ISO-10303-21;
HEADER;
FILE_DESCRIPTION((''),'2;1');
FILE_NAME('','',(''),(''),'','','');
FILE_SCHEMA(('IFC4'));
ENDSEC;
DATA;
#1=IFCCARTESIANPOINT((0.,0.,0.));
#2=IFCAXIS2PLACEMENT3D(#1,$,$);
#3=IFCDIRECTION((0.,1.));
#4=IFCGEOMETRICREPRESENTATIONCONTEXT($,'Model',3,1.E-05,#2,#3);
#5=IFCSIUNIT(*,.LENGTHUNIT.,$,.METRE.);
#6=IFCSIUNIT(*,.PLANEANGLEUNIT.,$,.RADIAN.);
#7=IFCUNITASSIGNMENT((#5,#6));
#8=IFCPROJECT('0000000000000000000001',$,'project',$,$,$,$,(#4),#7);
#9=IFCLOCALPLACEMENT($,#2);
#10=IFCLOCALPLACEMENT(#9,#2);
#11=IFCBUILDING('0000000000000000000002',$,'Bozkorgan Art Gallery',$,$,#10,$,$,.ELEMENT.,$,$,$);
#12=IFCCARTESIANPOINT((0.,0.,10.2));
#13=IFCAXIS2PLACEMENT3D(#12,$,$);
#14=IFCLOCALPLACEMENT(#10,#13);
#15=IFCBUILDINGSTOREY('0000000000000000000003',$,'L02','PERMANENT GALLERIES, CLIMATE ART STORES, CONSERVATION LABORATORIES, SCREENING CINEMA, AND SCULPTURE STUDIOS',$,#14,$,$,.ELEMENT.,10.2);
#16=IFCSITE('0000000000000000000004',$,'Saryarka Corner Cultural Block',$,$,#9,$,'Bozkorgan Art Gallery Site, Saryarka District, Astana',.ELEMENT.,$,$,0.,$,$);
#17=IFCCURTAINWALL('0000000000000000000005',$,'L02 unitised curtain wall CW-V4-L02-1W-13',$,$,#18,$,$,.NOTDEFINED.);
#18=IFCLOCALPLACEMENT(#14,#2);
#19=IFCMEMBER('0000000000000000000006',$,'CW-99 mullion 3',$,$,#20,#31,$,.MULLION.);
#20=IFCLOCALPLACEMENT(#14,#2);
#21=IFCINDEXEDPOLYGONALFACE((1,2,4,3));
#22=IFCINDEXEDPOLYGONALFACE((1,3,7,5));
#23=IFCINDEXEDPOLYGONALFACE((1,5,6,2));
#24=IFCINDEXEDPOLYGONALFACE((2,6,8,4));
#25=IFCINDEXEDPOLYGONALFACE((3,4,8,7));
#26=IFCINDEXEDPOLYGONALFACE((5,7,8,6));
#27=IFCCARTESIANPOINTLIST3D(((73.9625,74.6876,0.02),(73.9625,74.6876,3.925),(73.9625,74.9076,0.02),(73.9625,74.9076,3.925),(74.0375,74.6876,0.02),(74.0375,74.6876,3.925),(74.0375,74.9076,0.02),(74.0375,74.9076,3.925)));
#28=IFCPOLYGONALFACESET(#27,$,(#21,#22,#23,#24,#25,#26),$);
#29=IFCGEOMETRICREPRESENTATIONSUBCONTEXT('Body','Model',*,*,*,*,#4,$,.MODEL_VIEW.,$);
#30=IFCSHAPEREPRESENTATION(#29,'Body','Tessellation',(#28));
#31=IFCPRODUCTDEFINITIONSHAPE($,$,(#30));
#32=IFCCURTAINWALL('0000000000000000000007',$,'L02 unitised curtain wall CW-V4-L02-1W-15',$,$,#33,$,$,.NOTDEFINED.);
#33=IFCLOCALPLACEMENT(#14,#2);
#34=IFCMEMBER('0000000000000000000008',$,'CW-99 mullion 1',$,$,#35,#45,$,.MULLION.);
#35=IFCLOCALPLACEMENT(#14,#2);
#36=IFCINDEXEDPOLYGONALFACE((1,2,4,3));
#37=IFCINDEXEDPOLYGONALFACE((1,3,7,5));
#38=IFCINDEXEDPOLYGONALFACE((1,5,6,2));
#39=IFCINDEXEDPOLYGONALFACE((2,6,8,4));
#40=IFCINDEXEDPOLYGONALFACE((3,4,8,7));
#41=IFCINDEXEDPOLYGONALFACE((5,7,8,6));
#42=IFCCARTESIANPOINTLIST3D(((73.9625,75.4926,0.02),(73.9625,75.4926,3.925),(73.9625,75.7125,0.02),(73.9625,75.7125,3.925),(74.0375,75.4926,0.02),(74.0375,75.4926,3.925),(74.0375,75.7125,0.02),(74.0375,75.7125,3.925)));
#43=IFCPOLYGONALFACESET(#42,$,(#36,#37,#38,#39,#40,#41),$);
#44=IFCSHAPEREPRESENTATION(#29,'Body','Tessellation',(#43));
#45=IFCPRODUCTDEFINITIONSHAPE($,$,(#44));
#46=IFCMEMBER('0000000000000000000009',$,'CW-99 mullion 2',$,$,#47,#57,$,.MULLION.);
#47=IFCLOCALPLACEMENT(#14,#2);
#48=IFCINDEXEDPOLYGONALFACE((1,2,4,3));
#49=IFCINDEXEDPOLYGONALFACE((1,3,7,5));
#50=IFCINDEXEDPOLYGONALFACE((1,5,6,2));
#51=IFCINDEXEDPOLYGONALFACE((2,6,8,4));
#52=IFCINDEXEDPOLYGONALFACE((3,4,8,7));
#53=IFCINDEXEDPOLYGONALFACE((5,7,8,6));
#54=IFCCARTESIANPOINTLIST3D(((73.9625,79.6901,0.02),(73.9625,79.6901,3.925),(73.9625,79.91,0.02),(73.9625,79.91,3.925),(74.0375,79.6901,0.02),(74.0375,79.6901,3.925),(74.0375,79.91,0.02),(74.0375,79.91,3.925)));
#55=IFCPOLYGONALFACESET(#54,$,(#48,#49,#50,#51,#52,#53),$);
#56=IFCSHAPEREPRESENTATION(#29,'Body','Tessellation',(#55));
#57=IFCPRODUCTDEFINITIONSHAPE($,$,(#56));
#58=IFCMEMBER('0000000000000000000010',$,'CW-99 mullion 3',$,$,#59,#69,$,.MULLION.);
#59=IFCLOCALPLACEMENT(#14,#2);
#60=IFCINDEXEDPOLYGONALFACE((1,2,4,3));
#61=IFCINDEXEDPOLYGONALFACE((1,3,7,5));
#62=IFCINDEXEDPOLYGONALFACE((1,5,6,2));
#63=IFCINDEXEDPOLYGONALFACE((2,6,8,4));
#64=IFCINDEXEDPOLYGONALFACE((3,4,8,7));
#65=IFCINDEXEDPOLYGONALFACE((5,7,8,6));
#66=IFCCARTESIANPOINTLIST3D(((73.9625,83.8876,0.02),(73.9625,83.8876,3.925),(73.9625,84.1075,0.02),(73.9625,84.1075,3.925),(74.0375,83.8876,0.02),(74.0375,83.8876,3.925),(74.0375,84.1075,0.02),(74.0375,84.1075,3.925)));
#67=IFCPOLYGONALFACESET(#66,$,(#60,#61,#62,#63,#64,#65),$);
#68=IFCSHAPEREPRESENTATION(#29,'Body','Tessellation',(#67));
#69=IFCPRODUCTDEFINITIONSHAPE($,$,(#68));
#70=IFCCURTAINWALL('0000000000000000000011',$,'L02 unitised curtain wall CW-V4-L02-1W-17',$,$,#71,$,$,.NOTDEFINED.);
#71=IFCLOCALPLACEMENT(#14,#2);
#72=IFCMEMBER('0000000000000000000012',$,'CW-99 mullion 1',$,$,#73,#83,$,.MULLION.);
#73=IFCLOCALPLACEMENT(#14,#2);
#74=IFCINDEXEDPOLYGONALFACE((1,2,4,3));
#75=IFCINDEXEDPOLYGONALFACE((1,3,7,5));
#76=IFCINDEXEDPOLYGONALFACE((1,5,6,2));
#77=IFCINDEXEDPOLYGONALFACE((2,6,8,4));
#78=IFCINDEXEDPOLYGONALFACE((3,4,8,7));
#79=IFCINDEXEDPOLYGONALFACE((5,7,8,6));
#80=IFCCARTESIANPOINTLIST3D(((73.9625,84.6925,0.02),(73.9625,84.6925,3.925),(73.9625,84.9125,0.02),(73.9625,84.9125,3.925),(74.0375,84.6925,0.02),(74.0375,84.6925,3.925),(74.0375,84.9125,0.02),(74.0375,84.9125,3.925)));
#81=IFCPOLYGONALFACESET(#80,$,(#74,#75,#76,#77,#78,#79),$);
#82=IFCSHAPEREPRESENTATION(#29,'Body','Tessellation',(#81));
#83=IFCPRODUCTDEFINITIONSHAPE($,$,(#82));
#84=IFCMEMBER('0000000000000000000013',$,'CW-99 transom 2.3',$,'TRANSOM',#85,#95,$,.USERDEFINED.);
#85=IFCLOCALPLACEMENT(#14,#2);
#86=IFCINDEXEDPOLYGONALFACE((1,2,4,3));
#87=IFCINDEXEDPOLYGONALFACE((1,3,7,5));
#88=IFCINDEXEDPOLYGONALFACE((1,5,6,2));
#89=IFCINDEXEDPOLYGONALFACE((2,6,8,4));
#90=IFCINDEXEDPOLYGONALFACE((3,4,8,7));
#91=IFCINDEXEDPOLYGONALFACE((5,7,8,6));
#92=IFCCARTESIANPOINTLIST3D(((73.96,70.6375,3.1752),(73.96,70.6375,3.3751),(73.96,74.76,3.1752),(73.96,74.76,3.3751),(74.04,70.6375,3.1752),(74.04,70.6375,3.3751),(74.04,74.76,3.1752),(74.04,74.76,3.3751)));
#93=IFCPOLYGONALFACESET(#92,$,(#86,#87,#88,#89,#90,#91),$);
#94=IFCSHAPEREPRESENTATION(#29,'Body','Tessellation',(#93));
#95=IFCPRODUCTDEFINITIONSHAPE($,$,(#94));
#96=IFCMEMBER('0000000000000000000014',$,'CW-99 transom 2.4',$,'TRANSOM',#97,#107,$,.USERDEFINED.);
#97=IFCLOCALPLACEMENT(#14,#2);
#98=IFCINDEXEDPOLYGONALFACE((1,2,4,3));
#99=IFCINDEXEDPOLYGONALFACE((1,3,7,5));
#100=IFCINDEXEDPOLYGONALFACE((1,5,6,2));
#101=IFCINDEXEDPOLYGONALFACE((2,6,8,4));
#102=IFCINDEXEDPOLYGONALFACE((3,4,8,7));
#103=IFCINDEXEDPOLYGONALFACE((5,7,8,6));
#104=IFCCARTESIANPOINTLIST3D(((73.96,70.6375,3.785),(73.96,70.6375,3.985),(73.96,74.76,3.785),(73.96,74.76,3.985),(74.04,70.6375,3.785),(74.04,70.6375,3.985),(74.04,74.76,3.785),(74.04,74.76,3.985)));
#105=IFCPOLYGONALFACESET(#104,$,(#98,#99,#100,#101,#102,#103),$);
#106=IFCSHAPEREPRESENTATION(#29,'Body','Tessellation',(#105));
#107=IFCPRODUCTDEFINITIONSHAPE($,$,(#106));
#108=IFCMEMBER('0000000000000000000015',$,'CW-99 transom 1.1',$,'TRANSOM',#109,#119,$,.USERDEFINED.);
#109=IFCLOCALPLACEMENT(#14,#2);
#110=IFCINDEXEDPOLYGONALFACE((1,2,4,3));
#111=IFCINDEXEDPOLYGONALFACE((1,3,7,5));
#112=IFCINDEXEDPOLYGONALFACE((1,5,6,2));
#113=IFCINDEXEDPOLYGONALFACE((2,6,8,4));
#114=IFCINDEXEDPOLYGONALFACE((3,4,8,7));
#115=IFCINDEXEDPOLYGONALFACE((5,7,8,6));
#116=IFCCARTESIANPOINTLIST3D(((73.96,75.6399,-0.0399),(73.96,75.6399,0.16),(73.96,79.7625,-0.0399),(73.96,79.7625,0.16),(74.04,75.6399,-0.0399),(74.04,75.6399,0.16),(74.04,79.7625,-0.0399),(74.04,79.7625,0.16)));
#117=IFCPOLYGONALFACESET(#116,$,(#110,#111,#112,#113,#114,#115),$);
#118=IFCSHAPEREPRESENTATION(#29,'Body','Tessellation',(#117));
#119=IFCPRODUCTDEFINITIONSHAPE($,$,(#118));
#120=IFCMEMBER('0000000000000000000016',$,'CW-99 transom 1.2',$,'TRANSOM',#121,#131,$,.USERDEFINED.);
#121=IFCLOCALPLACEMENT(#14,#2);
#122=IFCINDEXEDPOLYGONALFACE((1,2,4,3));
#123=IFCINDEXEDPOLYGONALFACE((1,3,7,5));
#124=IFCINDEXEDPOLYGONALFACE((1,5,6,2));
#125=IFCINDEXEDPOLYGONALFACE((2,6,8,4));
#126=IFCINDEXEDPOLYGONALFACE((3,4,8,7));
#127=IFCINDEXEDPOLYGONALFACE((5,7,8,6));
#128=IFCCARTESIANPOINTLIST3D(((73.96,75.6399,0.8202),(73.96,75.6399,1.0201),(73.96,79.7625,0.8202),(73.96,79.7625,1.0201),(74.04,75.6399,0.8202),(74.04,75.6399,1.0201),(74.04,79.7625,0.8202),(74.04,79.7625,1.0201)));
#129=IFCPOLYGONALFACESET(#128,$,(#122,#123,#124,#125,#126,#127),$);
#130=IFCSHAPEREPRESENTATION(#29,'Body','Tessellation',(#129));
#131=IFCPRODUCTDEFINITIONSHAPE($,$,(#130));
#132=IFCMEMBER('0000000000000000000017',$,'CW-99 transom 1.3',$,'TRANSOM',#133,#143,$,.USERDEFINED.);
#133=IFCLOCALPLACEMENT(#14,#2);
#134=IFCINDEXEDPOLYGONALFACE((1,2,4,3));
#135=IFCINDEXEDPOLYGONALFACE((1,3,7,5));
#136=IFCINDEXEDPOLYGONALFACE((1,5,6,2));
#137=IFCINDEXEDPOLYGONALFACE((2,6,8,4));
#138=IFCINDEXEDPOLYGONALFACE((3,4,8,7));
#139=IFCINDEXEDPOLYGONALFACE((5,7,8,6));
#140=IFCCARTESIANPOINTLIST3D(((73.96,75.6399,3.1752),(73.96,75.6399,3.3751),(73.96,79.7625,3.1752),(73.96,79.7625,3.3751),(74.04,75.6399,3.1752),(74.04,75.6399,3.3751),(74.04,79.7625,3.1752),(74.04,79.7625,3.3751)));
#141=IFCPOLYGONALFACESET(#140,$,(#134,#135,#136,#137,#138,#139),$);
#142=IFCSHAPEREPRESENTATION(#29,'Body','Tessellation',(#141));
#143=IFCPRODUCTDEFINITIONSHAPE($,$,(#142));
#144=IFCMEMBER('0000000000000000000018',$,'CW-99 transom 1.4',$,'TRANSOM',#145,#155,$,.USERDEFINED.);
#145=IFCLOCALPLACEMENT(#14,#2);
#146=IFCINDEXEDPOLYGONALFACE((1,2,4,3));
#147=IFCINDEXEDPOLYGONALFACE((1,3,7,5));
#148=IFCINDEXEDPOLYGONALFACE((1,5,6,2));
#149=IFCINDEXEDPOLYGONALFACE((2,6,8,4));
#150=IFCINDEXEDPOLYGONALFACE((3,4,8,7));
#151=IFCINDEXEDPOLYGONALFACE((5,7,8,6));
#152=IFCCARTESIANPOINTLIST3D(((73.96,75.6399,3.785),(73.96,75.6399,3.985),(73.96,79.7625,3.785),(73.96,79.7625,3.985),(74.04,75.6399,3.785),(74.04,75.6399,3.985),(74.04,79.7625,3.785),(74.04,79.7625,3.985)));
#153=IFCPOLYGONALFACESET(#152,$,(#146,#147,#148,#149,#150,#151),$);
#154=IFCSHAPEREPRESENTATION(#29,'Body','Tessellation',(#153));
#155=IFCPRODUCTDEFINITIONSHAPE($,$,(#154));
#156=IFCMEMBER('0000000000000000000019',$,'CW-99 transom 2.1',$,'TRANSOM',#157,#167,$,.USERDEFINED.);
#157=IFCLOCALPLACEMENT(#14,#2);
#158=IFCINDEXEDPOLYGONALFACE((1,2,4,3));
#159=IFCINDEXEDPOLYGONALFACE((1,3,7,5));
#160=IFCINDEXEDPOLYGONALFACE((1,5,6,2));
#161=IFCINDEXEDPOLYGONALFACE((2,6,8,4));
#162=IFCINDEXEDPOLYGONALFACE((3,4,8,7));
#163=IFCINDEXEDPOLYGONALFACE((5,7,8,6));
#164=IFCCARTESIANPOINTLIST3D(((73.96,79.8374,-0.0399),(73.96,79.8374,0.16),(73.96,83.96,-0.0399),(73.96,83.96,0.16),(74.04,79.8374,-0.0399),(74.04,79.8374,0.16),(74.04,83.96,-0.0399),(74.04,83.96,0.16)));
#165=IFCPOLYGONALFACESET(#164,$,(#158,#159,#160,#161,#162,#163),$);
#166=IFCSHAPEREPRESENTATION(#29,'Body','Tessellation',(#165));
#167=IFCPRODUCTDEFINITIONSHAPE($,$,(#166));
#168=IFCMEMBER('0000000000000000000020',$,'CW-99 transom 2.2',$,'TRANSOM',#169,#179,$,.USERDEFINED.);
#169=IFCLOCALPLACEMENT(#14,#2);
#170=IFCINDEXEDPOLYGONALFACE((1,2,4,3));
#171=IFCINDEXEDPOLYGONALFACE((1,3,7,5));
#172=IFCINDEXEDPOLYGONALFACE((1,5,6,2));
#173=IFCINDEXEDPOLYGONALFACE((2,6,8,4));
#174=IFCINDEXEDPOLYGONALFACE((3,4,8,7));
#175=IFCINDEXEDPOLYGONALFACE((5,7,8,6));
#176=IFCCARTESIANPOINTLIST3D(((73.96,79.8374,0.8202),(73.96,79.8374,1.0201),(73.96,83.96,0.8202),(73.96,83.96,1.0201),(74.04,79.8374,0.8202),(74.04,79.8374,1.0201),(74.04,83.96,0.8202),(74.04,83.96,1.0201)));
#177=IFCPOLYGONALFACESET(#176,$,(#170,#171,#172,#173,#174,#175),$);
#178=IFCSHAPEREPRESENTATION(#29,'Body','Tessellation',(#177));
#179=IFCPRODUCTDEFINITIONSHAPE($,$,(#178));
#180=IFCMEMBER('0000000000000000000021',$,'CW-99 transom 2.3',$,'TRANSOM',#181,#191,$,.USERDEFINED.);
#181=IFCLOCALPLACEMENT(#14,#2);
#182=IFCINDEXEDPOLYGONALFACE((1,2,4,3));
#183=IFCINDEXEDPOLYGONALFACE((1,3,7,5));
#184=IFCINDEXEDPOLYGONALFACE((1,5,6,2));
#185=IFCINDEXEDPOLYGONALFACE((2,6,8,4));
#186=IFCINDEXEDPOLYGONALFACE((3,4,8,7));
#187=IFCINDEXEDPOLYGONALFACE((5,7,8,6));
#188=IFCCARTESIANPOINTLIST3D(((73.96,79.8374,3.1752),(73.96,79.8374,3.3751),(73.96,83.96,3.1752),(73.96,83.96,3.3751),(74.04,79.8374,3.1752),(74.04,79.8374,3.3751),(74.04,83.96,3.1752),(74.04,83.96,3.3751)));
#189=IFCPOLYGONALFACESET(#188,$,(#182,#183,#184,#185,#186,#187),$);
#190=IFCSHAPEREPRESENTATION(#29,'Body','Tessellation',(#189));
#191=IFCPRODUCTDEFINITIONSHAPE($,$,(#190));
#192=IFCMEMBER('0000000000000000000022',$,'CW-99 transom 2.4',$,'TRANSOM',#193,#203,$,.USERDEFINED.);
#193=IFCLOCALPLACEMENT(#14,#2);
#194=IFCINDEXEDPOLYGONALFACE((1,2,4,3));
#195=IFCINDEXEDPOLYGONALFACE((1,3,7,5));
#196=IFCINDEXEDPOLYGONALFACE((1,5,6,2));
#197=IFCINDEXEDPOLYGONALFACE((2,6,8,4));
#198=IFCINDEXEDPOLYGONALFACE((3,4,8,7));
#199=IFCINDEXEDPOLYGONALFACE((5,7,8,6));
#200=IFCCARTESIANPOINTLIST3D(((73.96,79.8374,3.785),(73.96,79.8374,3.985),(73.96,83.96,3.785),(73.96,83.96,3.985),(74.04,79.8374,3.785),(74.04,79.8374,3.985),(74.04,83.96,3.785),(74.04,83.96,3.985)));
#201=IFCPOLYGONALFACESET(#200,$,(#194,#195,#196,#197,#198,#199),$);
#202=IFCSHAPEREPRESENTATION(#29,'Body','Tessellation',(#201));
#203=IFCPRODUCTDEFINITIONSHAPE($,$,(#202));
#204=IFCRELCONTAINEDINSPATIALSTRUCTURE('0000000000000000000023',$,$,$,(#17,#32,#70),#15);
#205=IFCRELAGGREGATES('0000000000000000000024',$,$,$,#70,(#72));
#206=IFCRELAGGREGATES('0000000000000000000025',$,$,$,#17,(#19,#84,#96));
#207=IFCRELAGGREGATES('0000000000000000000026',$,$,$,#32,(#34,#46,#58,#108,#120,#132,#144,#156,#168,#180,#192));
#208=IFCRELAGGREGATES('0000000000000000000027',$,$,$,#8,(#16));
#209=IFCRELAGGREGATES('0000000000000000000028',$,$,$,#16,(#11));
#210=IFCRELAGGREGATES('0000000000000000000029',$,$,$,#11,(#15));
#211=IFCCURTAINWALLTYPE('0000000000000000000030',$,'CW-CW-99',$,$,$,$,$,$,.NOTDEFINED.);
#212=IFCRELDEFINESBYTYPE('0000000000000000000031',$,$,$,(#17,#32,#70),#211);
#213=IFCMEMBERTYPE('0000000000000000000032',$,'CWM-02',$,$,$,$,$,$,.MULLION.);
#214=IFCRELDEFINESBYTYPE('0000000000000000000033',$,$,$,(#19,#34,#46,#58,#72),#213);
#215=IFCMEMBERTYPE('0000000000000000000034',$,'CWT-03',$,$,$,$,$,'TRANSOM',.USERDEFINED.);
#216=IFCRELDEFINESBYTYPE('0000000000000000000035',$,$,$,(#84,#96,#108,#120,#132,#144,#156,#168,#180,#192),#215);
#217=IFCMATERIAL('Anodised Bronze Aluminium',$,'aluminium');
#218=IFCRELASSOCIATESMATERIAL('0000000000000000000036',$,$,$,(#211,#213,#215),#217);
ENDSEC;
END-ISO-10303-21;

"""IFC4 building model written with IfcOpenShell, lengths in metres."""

from ifc_helpers import new_model, si_unit, direction, frame, origin, origin_2d, place, context, subcontext, project, spatial, rectangle, extrude, material, material_profile, profile_set, type_object, element, aggregate, save


model = new_model("IFC4")

# Units and contexts
model_context = context("Model", 3, precision=1e-05, world=origin(), true_north=direction((0.0, 1.0)))
body_context = subcontext(model_context, "Body", "Model", "MODEL_VIEW")
ifc_project = project(units=[si_unit("LENGTHUNIT", "METRE"), si_unit("PLANEANGLEUNIT", "RADIAN")], contexts=[model_context])

# Site, building, storey
site_placement = place(None, origin())
site = spatial("IfcSite", under=ifc_project, at=site_placement, Name="Saryarka Corner Cultural Block", LongName="Bozkorgan Art Gallery Site, Saryarka District, Astana", CompositionType="ELEMENT", RefElevation=0.0)
building_placement = place(site_placement, origin())
building = spatial("IfcBuilding", under=site, at=building_placement, Name="Bozkorgan Art Gallery", CompositionType="ELEMENT")
storey_placement = place(building_placement, frame((0.0, 0.0, 10.2)))
storey = spatial("IfcBuildingStorey", under=building, at=storey_placement, Name="L02", Description="PERMANENT GALLERIES, CLIMATE ART STORES, CONSERVATION LABORATORIES, SCREENING CINEMA, AND SCULPTURE STUDIOS", CompositionType="ELEMENT", Elevation=10.2)

# Curtain wall, member
ifc_material_1 = material(Name="Anodised Bronze Aluminium", Category="aluminium")
curtain_wall_type = type_object("IfcCurtainWallType", Name="CW-CW-99", PredefinedType="NOTDEFINED", material=ifc_material_1)
curtain_wall_1_placement = place(storey_placement, origin())
curtain_wall_1 = element("IfcCurtainWall", 1, at=curtain_wall_1_placement, inside=storey, type_object=curtain_wall_type, Name="L02 unitised curtain wall CW-V4-L02-1W-13", PredefinedType="NOTDEFINED")
ifc_material_profile_1 = material_profile(ifc_material_1, rectangle(XDim=0.075, YDim=0.22, at=origin_2d()), Name="ALU MULLION 75x220")
ifc_profile_set_1 = profile_set([ifc_material_profile_1], Name="Anodised Bronze Aluminium")
member_type_1 = type_object("IfcMemberType", Name="CWM-02", PredefinedType="MULLION", material=ifc_profile_set_1)
member_1_placement = place(storey_placement, frame((74.0, 74.7976, 0.02), z_axis=(0.0, 0.0, 1.0), x_axis=(-1.0, 0.0, 0.0)))
member_1 = element("IfcMember", 2, at=member_1_placement, type_object=member_type_1, Name="CW-99 mullion 3", PredefinedType="MULLION", context=body_context, shape_type="SweptSolid", body=[
    extrude(rectangle(XDim=0.075, YDim=0.22, at=origin_2d()), origin(), (0.0, 0.0, 1.0), 3.905),
])

# Curtain wall, members
curtain_wall_2_placement = place(storey_placement, origin())
curtain_wall_2 = element("IfcCurtainWall", 3, at=curtain_wall_2_placement, inside=storey, type_object=curtain_wall_type, Name="L02 unitised curtain wall CW-V4-L02-1W-15", PredefinedType="NOTDEFINED")
member_2_placement = place(storey_placement, frame((74.0, 75.6025, 0.02), z_axis=(0.0, 0.0, 1.0), x_axis=(-1.0, 0.0, 0.0)))
member_2 = element("IfcMember", 4, at=member_2_placement, type_object=member_type_1, Name="CW-99 mullion 1", PredefinedType="MULLION", context=body_context, shape_type="SweptSolid", body=[
    extrude(rectangle(XDim=0.075, YDim=0.22, at=origin_2d()), origin(), (0.0, 0.0, 1.0), 3.905),
])
member_3_placement = place(storey_placement, frame((74.0, 79.8, 0.02), z_axis=(0.0, 0.0, 1.0), x_axis=(-1.0, 0.0, 0.0)))
member_3 = element("IfcMember", 5, at=member_3_placement, type_object=member_type_1, Name="CW-99 mullion 2", PredefinedType="MULLION", context=body_context, shape_type="SweptSolid", body=[
    extrude(rectangle(XDim=0.075, YDim=0.22, at=origin_2d()), origin(), (0.0, 0.0, 1.0), 3.905),
])
member_4_placement = place(storey_placement, frame((74.0, 83.9976, 0.02), z_axis=(0.0, 0.0, 1.0), x_axis=(-1.0, 0.0, 0.0)))
member_4 = element("IfcMember", 6, at=member_4_placement, type_object=member_type_1, Name="CW-99 mullion 3", PredefinedType="MULLION", context=body_context, shape_type="SweptSolid", body=[
    extrude(rectangle(XDim=0.075, YDim=0.22, at=origin_2d()), origin(), (0.0, 0.0, 1.0), 3.905),
])

# Curtain wall, member
curtain_wall_3_placement = place(storey_placement, origin())
curtain_wall_3 = element("IfcCurtainWall", 7, at=curtain_wall_3_placement, inside=storey, type_object=curtain_wall_type, Name="L02 unitised curtain wall CW-V4-L02-1W-17", PredefinedType="NOTDEFINED")
member_5_placement = place(storey_placement, frame((74.0, 84.8025, 0.02), z_axis=(0.0, 0.0, 1.0), x_axis=(-1.0, 0.0, 0.0)))
member_5 = element("IfcMember", 8, at=member_5_placement, type_object=member_type_1, Name="CW-99 mullion 1", PredefinedType="MULLION", context=body_context, shape_type="SweptSolid", body=[
    extrude(rectangle(XDim=0.075, YDim=0.22, at=origin_2d()), origin(), (0.0, 0.0, 1.0), 3.905),
])

# Members
ifc_material_profile_2 = material_profile(ifc_material_1, rectangle(XDim=0.0801, YDim=0.2, at=origin_2d()), Name="ALU TRANSOM 80x200")
ifc_profile_set_2 = profile_set([ifc_material_profile_2], Name="Anodised Bronze Aluminium")
member_type_2 = type_object("IfcMemberType", Name="CWT-03", ElementType="TRANSOM", PredefinedType="USERDEFINED", material=ifc_profile_set_2)
member_6_placement = place(storey_placement, frame((74.0, 70.6375, 3.2751), z_axis=(0.0, 1.0, 0.0), x_axis=(-1.0, 0.0, 0.0)))
member_6 = element("IfcMember", 9, at=member_6_placement, type_object=member_type_2, Name="CW-99 transom 2.3", ObjectType="TRANSOM", PredefinedType="USERDEFINED", context=body_context, shape_type="SweptSolid", body=[
    extrude(rectangle(XDim=0.0801, YDim=0.2, at=origin_2d()), origin(), (0.0, 0.0, 1.0), 4.1226),
])
member_7_placement = place(storey_placement, frame((74.0, 70.6375, 3.885), z_axis=(0.0, 1.0, 0.0), x_axis=(-1.0, 0.0, 0.0)))
member_7 = element("IfcMember", 10, at=member_7_placement, type_object=member_type_2, Name="CW-99 transom 2.4", ObjectType="TRANSOM", PredefinedType="USERDEFINED", context=body_context, shape_type="SweptSolid", body=[
    extrude(rectangle(XDim=0.0801, YDim=0.2, at=origin_2d()), origin(), (0.0, 0.0, 1.0), 4.1226),
])
member_8_placement = place(storey_placement, frame((74.0, 75.6399, 0.0601), z_axis=(0.0, 1.0, 0.0), x_axis=(-1.0, 0.0, 0.0)))
member_8 = element("IfcMember", 11, at=member_8_placement, type_object=member_type_2, Name="CW-99 transom 1.1", ObjectType="TRANSOM", PredefinedType="USERDEFINED", context=body_context, shape_type="SweptSolid", body=[
    extrude(rectangle(XDim=0.0801, YDim=0.2, at=origin_2d()), origin(), (0.0, 0.0, 1.0), 4.1226),
])
member_9_placement = place(storey_placement, frame((74.0, 75.6399, 0.9202), z_axis=(0.0, 1.0, 0.0), x_axis=(-1.0, 0.0, 0.0)))
member_9 = element("IfcMember", 12, at=member_9_placement, type_object=member_type_2, Name="CW-99 transom 1.2", ObjectType="TRANSOM", PredefinedType="USERDEFINED", context=body_context, shape_type="SweptSolid", body=[
    extrude(rectangle(XDim=0.0801, YDim=0.2, at=origin_2d()), origin(), (0.0, 0.0, 1.0), 4.1226),
])
member_10_placement = place(storey_placement, frame((74.0, 75.6399, 3.2751), z_axis=(0.0, 1.0, 0.0), x_axis=(-1.0, 0.0, 0.0)))
member_10 = element("IfcMember", 13, at=member_10_placement, type_object=member_type_2, Name="CW-99 transom 1.3", ObjectType="TRANSOM", PredefinedType="USERDEFINED", context=body_context, shape_type="SweptSolid", body=[
    extrude(rectangle(XDim=0.0801, YDim=0.2, at=origin_2d()), origin(), (0.0, 0.0, 1.0), 4.1226),
])
member_11_placement = place(storey_placement, frame((74.0, 75.6399, 3.885), z_axis=(0.0, 1.0, 0.0), x_axis=(-1.0, 0.0, 0.0)))
member_11 = element("IfcMember", 14, at=member_11_placement, type_object=member_type_2, Name="CW-99 transom 1.4", ObjectType="TRANSOM", PredefinedType="USERDEFINED", context=body_context, shape_type="SweptSolid", body=[
    extrude(rectangle(XDim=0.0801, YDim=0.2, at=origin_2d()), origin(), (0.0, 0.0, 1.0), 4.1226),
])
member_12_placement = place(storey_placement, frame((74.0, 79.8374, 0.0601), z_axis=(0.0, 1.0, 0.0), x_axis=(-1.0, 0.0, 0.0)))
member_12 = element("IfcMember", 15, at=member_12_placement, type_object=member_type_2, Name="CW-99 transom 2.1", ObjectType="TRANSOM", PredefinedType="USERDEFINED", context=body_context, shape_type="SweptSolid", body=[
    extrude(rectangle(XDim=0.0801, YDim=0.2, at=origin_2d()), origin(), (0.0, 0.0, 1.0), 4.1226),
])
member_13_placement = place(storey_placement, frame((74.0, 79.8374, 0.9202), z_axis=(0.0, 1.0, 0.0), x_axis=(-1.0, 0.0, 0.0)))
member_13 = element("IfcMember", 16, at=member_13_placement, type_object=member_type_2, Name="CW-99 transom 2.2", ObjectType="TRANSOM", PredefinedType="USERDEFINED", context=body_context, shape_type="SweptSolid", body=[
    extrude(rectangle(XDim=0.0801, YDim=0.2, at=origin_2d()), origin(), (0.0, 0.0, 1.0), 4.1226),
])
member_14_placement = place(storey_placement, frame((74.0, 79.8374, 3.2751), z_axis=(0.0, 1.0, 0.0), x_axis=(-1.0, 0.0, 0.0)))
member_14 = element("IfcMember", 17, at=member_14_placement, type_object=member_type_2, Name="CW-99 transom 2.3", ObjectType="TRANSOM", PredefinedType="USERDEFINED", context=body_context, shape_type="SweptSolid", body=[
    extrude(rectangle(XDim=0.0801, YDim=0.2, at=origin_2d()), origin(), (0.0, 0.0, 1.0), 4.1226),
])
member_15_placement = place(storey_placement, frame((74.0, 79.8374, 3.885), z_axis=(0.0, 1.0, 0.0), x_axis=(-1.0, 0.0, 0.0)))
member_15 = element("IfcMember", 18, at=member_15_placement, type_object=member_type_2, Name="CW-99 transom 2.4", ObjectType="TRANSOM", PredefinedType="USERDEFINED", context=body_context, shape_type="SweptSolid", body=[
    extrude(rectangle(XDim=0.0801, YDim=0.2, at=origin_2d()), origin(), (0.0, 0.0, 1.0), 4.1226),
])
aggregate(curtain_wall_3, [member_5])

aggregate(curtain_wall_1, [member_1, member_6, member_7])
aggregate(curtain_wall_2, [member_2, member_3, member_4, member_8, member_9, member_10, member_11, member_12, member_13, member_14, member_15])

save(model, "model.ifc")
